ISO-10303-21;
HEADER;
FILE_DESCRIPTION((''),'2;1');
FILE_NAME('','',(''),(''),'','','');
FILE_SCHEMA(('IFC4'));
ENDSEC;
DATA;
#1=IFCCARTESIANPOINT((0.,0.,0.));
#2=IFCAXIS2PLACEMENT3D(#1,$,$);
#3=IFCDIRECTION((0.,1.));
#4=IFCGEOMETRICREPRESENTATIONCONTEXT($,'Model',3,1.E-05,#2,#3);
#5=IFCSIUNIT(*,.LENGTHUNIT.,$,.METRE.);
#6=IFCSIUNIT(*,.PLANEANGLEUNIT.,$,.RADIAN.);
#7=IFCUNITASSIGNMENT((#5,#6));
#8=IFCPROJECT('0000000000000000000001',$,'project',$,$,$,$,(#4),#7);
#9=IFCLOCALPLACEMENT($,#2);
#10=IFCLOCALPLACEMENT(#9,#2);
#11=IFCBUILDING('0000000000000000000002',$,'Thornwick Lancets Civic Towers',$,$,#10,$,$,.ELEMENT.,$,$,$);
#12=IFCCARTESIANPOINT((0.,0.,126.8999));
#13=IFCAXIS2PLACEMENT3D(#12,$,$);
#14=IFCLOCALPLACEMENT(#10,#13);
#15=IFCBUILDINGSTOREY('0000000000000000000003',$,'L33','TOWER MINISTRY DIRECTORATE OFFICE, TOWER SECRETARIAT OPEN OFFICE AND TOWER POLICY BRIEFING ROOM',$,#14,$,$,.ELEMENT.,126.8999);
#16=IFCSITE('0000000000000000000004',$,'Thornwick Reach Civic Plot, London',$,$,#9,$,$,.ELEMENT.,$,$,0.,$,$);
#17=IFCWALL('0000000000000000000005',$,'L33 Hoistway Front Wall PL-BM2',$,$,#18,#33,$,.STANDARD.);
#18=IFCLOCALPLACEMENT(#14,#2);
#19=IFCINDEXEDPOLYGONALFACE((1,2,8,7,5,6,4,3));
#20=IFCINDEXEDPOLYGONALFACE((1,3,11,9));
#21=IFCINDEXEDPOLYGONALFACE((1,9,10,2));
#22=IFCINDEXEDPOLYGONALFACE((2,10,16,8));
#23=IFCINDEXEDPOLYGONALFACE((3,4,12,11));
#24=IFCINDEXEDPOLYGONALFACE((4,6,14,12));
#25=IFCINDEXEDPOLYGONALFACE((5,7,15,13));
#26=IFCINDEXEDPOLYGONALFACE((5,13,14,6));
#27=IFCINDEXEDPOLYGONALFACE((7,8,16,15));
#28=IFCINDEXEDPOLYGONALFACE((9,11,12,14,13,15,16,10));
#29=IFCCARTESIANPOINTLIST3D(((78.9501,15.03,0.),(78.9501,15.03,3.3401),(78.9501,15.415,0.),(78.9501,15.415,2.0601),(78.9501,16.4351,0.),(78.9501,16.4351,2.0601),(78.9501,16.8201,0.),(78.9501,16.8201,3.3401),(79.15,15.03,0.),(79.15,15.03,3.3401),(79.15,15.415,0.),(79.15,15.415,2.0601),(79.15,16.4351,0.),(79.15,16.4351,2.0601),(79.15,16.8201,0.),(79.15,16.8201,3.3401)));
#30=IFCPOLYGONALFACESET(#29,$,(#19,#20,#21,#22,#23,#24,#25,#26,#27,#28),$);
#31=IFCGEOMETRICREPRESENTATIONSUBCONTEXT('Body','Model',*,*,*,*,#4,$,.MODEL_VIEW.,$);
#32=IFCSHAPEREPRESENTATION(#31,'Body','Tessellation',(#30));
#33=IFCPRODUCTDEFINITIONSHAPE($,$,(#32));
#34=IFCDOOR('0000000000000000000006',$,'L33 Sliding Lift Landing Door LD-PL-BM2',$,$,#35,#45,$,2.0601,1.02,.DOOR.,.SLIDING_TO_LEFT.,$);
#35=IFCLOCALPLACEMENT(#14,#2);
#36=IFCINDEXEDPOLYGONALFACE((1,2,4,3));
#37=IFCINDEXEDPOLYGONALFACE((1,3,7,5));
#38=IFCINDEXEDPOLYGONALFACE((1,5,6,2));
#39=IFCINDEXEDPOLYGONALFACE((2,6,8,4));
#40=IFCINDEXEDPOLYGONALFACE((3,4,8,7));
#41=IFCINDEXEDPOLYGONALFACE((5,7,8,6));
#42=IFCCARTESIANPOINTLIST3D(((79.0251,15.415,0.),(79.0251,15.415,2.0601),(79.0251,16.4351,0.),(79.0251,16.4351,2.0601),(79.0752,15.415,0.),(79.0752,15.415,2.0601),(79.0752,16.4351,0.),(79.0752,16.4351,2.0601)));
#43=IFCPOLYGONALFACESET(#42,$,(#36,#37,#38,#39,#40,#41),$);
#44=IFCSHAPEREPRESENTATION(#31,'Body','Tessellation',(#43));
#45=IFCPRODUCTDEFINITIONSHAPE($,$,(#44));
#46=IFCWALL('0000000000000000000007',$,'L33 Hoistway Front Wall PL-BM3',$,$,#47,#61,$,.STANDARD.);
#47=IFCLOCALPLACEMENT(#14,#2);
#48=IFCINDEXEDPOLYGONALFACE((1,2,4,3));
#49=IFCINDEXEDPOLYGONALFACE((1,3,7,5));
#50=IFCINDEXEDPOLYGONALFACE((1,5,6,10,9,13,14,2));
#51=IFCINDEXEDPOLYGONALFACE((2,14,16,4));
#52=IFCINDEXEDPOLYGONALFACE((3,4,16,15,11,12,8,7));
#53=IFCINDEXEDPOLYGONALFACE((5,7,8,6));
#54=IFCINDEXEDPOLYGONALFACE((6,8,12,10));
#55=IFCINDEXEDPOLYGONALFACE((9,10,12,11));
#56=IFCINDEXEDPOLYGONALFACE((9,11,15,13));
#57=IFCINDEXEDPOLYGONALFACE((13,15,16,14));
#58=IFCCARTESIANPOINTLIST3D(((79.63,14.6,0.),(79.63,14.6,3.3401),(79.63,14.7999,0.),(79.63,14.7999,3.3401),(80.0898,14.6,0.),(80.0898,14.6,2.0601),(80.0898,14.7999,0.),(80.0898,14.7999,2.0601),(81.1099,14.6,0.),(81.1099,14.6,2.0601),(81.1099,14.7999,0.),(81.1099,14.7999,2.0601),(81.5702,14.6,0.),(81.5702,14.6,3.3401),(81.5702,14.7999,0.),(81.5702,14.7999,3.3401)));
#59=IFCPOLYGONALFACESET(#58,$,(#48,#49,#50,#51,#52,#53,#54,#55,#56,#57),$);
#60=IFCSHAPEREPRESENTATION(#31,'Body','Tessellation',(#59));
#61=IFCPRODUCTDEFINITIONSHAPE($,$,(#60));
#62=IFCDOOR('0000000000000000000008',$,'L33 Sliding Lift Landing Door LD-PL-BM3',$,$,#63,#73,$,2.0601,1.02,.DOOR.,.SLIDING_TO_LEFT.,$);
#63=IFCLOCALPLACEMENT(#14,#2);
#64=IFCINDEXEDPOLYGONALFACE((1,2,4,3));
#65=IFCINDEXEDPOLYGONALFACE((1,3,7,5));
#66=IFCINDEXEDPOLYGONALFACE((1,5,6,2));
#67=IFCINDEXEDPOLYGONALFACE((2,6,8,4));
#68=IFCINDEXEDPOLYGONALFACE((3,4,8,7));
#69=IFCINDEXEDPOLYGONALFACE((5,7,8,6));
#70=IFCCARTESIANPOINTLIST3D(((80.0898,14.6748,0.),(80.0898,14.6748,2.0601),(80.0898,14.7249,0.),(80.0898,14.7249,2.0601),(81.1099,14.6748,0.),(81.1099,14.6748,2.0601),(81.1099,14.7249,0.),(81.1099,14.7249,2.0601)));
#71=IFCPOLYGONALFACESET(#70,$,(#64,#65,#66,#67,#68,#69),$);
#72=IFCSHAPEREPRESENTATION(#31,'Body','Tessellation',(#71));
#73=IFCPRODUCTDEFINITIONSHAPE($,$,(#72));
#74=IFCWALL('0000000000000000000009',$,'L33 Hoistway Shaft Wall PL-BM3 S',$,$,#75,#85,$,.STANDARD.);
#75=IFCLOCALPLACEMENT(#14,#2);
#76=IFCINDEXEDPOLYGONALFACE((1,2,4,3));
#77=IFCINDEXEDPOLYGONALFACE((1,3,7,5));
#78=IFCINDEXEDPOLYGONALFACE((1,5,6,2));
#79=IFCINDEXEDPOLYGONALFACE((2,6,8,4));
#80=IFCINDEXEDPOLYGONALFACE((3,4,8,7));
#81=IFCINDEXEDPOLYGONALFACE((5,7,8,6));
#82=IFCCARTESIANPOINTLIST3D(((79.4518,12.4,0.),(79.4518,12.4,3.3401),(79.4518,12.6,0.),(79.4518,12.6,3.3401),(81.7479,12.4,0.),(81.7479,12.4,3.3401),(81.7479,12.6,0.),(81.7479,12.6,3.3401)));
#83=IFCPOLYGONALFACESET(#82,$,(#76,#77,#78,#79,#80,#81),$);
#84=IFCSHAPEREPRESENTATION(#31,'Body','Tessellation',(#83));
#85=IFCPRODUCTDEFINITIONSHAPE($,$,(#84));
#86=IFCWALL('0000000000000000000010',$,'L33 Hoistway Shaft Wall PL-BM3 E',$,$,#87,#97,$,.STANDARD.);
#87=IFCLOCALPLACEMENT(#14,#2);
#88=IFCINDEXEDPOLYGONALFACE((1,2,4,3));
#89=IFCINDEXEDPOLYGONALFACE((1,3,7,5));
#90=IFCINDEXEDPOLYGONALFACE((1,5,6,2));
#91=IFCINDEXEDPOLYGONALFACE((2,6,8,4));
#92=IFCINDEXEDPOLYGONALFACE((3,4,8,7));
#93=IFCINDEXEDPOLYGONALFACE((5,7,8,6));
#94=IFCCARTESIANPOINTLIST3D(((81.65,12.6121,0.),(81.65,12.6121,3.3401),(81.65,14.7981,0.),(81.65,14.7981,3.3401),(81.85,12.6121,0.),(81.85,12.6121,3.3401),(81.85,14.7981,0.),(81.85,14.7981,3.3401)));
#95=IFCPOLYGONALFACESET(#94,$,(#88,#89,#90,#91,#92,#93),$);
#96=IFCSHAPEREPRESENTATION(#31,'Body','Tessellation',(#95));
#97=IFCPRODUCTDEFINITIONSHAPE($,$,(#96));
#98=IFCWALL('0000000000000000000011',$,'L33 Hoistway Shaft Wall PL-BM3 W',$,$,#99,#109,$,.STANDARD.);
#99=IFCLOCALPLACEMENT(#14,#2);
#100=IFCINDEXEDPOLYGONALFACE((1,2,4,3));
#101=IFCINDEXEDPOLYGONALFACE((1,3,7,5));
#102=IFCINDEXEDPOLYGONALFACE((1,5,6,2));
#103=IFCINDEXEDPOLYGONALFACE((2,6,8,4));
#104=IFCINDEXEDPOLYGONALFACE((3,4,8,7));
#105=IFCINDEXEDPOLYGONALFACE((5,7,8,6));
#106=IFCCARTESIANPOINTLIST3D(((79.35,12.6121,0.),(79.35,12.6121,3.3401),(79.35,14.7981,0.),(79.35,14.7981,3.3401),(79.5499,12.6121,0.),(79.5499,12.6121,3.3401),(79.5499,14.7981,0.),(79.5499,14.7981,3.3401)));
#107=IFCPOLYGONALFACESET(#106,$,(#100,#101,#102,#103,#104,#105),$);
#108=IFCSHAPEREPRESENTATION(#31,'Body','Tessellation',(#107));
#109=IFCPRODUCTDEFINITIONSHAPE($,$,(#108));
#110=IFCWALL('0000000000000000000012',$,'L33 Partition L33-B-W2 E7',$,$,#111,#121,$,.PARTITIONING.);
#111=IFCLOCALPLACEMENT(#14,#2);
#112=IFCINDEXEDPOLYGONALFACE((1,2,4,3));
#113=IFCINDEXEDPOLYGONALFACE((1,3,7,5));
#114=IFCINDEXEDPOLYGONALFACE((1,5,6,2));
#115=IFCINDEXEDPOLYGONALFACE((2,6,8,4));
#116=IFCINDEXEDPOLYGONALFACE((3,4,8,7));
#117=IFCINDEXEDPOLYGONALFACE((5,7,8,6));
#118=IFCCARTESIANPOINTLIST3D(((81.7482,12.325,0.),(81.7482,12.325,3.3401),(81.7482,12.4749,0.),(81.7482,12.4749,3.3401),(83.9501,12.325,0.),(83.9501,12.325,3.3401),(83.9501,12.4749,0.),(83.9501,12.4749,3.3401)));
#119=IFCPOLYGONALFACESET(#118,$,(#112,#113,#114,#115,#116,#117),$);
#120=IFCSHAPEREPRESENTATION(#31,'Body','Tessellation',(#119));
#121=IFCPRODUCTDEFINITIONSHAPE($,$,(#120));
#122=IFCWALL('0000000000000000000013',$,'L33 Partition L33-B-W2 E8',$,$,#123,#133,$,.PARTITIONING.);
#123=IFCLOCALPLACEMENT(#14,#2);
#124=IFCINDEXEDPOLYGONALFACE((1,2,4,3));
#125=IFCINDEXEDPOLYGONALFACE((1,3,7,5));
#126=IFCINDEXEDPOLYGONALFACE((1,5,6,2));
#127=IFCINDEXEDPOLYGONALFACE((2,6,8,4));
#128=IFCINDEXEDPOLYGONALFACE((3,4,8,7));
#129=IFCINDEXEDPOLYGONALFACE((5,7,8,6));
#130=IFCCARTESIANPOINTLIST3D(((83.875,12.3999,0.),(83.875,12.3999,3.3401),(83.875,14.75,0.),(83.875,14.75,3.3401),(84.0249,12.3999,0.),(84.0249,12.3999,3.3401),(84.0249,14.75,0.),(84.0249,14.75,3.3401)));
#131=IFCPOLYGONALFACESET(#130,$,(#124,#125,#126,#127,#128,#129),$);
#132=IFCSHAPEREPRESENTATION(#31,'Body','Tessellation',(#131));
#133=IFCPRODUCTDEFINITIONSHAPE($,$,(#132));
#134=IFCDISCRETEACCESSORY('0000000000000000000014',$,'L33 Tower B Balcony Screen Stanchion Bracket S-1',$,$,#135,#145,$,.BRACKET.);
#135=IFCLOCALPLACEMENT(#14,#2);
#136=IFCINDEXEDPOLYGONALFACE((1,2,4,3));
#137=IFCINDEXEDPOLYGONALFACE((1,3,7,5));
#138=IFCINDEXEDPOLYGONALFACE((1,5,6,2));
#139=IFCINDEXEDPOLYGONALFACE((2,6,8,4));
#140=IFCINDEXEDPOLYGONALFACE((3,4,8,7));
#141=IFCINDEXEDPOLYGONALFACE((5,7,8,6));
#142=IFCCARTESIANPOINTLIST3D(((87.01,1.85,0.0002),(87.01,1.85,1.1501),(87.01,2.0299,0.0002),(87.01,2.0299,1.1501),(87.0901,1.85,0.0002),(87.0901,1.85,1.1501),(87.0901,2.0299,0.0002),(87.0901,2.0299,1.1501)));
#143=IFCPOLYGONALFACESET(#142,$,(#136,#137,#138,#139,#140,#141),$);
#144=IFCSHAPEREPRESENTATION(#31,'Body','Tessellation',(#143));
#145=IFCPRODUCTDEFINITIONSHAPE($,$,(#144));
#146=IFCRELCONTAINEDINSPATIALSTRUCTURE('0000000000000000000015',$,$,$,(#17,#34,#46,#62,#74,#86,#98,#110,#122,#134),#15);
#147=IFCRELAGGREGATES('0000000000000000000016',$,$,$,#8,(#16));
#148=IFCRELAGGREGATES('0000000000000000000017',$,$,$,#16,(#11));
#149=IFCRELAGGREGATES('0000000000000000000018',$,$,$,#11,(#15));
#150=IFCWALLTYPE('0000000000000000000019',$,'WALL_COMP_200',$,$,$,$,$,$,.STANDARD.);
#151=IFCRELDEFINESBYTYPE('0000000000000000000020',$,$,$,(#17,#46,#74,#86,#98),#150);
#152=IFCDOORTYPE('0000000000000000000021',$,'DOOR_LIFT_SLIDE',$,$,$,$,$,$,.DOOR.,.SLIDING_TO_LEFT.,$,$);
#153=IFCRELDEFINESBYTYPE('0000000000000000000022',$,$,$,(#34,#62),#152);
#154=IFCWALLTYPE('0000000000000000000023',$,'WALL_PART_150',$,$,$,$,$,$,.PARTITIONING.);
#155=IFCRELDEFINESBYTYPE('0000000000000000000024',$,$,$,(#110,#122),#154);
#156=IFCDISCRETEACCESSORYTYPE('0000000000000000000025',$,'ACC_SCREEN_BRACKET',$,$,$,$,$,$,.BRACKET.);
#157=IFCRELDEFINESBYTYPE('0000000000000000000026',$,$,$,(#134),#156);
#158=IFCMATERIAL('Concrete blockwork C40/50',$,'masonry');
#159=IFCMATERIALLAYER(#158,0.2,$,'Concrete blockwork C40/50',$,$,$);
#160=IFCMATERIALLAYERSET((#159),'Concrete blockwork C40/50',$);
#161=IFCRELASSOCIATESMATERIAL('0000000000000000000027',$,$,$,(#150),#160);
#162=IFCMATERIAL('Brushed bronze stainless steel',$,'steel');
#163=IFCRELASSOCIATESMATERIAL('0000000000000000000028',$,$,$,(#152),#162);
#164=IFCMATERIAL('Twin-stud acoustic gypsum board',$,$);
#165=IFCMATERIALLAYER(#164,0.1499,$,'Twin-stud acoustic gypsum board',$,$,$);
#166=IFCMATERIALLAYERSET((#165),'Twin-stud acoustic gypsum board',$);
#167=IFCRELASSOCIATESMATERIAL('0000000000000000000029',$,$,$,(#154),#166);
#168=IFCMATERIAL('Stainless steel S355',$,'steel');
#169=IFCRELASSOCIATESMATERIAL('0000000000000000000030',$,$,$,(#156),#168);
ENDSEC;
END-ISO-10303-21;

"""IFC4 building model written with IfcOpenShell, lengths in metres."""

from ifc_helpers import new_model, si_unit, direction, frame, frame_2d, origin, origin_2d, place, context, subcontext, project, spatial, rectangle, extrude, material, layer, layer_set, type_object, element, fill, save


model = new_model("IFC4")

# Units and contexts
model_context = context("Model", 3, precision=1e-05, world=origin(), true_north=direction((0.0, 1.0)))
body_context = subcontext(model_context, "Body", "Model", "MODEL_VIEW")
ifc_project = project(units=[si_unit("LENGTHUNIT", "METRE"), si_unit("PLANEANGLEUNIT", "RADIAN")], contexts=[model_context])

# Site, building, storey
site_placement = place(None, origin())
site = spatial("IfcSite", under=ifc_project, at=site_placement, Name="Thornwick Reach Civic Plot, London", CompositionType="ELEMENT", RefElevation=0.0)
building_placement = place(site_placement, origin())
building = spatial("IfcBuilding", under=site, at=building_placement, Name="Thornwick Lancets Civic Towers", CompositionType="ELEMENT")
storey_placement = place(building_placement, frame((0.0, 0.0, 126.8999)))
storey = spatial("IfcBuildingStorey", under=building, at=storey_placement, Name="L33", Description="TOWER MINISTRY DIRECTORATE OFFICE, TOWER SECRETARIAT OPEN OFFICE AND TOWER POLICY BRIEFING ROOM", CompositionType="ELEMENT", Elevation=126.8999)

# Walls, openings, doors
ifc_material_1 = material(Name="Concrete blockwork C40/50", Category="masonry")
ifc_layer_1 = layer(ifc_material_1, 0.2, Name="Concrete blockwork C40/50")
ifc_layer_set_1 = layer_set([ifc_layer_1], Name="Concrete blockwork C40/50")
wall_type_1 = type_object("IfcWallType", Name="WALL_COMP_200", PredefinedType="STANDARD", material=ifc_layer_set_1)
wall_1_placement = place(storey_placement, frame((79.05, 15.03, 0.0), z_axis=(0.0, 0.0, 1.0), x_axis=(0.0, 1.0, 0.0)))
wall_1 = element("IfcWall", 1, at=wall_1_placement, inside=storey, type_object=wall_type_1, Name="L33 Hoistway Front Wall PL-BM2", PredefinedType="STANDARD", context=body_context, shape_type="SweptSolid", body=[
    extrude(rectangle(XDim=1.79, YDim=0.2, at=frame_2d((0.895, 0.0))), origin(), (0.0, 0.0, 1.0), 3.3401),
])
opening_1_placement = place(wall_1_placement, frame((0.385, 0.0, 0.0)))
opening_1 = element("IfcOpeningElement", 2, at=opening_1_placement, cuts=wall_1, PredefinedType="OPENING", context=body_context, shape_type="SweptSolid", body=[
    extrude(rectangle(XDim=1.02, YDim=2.0601, at=frame_2d((0.51, 1.03))), frame((0.0, 0.1099, 0.0), z_axis=(0.0, -1.0, 0.0), x_axis=(1.0, 0.0, 0.0)), (0.0, 0.0, 1.0), 0.22),
])
ifc_material_2 = material(Name="Brushed bronze stainless steel", Category="steel")
door_type_1 = type_object("IfcDoorType", Name="DOOR_LIFT_SLIDE", OperationType="SLIDING_TO_LEFT", PredefinedType="DOOR", material=ifc_material_2)
door_1_placement = place(opening_1_placement, origin())
door_1 = element("IfcDoor", 3, at=door_1_placement, inside=storey, type_object=door_type_1, Name="L33 Sliding Lift Landing Door LD-PL-BM2", OperationType="SLIDING_TO_LEFT", OverallHeight=2.0601, OverallWidth=1.02, PredefinedType="DOOR", context=body_context, shape_type="SweptSolid", body=[
    extrude(rectangle(XDim=1.02, YDim=2.0601, at=frame_2d((0.51, 1.03))), frame((0.0, 0.0249, 0.0), z_axis=(0.0, -1.0, 0.0), x_axis=(1.0, 0.0, 0.0)), (0.0, 0.0, 1.0), 0.05),
])
fill(opening_1, door_1)
wall_2_placement = place(storey_placement, frame((79.6299, 14.7, 0.0), z_axis=(0.0, 0.0, 1.0), x_axis=(1.0, 0.0, 0.0)))
wall_2 = element("IfcWall", 4, at=wall_2_placement, inside=storey, type_object=wall_type_1, Name="L33 Hoistway Front Wall PL-BM3", PredefinedType="STANDARD", context=body_context, shape_type="SweptSolid", body=[
    extrude(rectangle(XDim=1.9402, YDim=0.2, at=frame_2d((0.9702, 0.0))), origin(), (0.0, 0.0, 1.0), 3.3401),
])
opening_2_placement = place(wall_2_placement, frame((0.46, 0.0, 0.0)))
opening_2 = element("IfcOpeningElement", 5, at=opening_2_placement, cuts=wall_2, PredefinedType="OPENING", context=body_context, shape_type="SweptSolid", body=[
    extrude(rectangle(XDim=1.02, YDim=2.0601, at=frame_2d((0.51, 1.03))), frame((0.0, 0.1099, 0.0), z_axis=(0.0, -1.0, 0.0), x_axis=(1.0, 0.0, 0.0)), (0.0, 0.0, 1.0), 0.22),
])
door_2_placement = place(opening_2_placement, origin())
door_2 = element("IfcDoor", 6, at=door_2_placement, inside=storey, type_object=door_type_1, Name="L33 Sliding Lift Landing Door LD-PL-BM3", OperationType="SLIDING_TO_LEFT", OverallHeight=2.0601, OverallWidth=1.02, PredefinedType="DOOR", context=body_context, shape_type="SweptSolid", body=[
    extrude(rectangle(XDim=1.02, YDim=2.0601, at=frame_2d((0.51, 1.03))), frame((0.0, 0.0249, 0.0), z_axis=(0.0, -1.0, 0.0), x_axis=(1.0, 0.0, 0.0)), (0.0, 0.0, 1.0), 0.05),
])
fill(opening_2, door_2)

# Walls
wall_3_placement = place(storey_placement, frame((79.4519, 12.5, 0.0), z_axis=(0.0, 0.0, 1.0), x_axis=(1.0, 0.0, 0.0)))
element("IfcWall", 7, at=wall_3_placement, inside=storey, type_object=wall_type_1, Name="L33 Hoistway Shaft Wall PL-BM3 S", PredefinedType="STANDARD", context=body_context, shape_type="SweptSolid", body=[
    extrude(rectangle(XDim=2.2961, YDim=0.2, at=frame_2d((1.1479, 0.0))), origin(), (0.0, 0.0, 1.0), 3.3401),
])
for number, where, z_axis, x_axis, name in (
    (8, (81.75, 12.6121, 0.0), (0.0, 0.0, 1.0), (0.0, 1.0, 0.0), "L33 Hoistway Shaft Wall PL-BM3 E"),
    (9, (79.45, 12.6121, 0.0), (0.0, 0.0, 1.0), (0.0, 1.0, 0.0), "L33 Hoistway Shaft Wall PL-BM3 W"),
):
    element("IfcWall", number, at=place(storey_placement, frame(where, z_axis=z_axis, x_axis=x_axis)), inside=storey, type_object=wall_type_1, Name=name, PredefinedType="STANDARD", context=body_context, shape_type="SweptSolid", body=[
        extrude(rectangle(XDim=2.186, YDim=0.2, at=frame_2d((1.093, 0.0))), origin(), (0.0, 0.0, 1.0), 3.3401),
    ])

# Shared definitions
ifc_material_3 = material(Name="Twin-stud acoustic gypsum board")
ifc_layer_2 = layer(ifc_material_3, 0.1499, Name="Twin-stud acoustic gypsum board")
ifc_layer_set_2 = layer_set([ifc_layer_2], Name="Twin-stud acoustic gypsum board")
wall_type_2 = type_object("IfcWallType", Name="WALL_PART_150", PredefinedType="PARTITIONING", material=ifc_layer_set_2)

# Walls
wall_4_placement = place(storey_placement, frame((81.748, 12.3999, 0.0), z_axis=(0.0, 0.0, 1.0), x_axis=(1.0, 0.0, 0.0)))
element("IfcWall", 10, at=wall_4_placement, inside=storey, type_object=wall_type_2, Name="L33 Partition L33-B-W2 E7", PredefinedType="PARTITIONING", context=body_context, shape_type="SweptSolid", body=[
    extrude(rectangle(XDim=2.2019, YDim=0.1499, at=frame_2d((1.1011, 0.0))), origin(), (0.0, 0.0, 1.0), 3.3401),
])
wall_5_placement = place(storey_placement, frame((83.95, 12.3999, 0.0), z_axis=(0.0, 0.0, 1.0), x_axis=(0.0, 1.0, 0.0)))
element("IfcWall", 11, at=wall_5_placement, inside=storey, type_object=wall_type_2, Name="L33 Partition L33-B-W2 E8", PredefinedType="PARTITIONING", context=body_context, shape_type="SweptSolid", body=[
    extrude(rectangle(XDim=2.3501, YDim=0.1499, at=frame_2d((1.175, 0.0))), origin(), (0.0, 0.0, 1.0), 3.3401),
])

# Discrete accessory
ifc_material_4 = material(Name="Stainless steel S355", Category="steel")
discrete_accessory_type = type_object("IfcDiscreteAccessoryType", Name="ACC_SCREEN_BRACKET", PredefinedType="BRACKET", material=ifc_material_4)
discrete_accessory_placement = place(storey_placement, frame((87.05, 1.9399, 0.0002), z_axis=(0.0, 0.0, 1.0), x_axis=(1.0, 0.0, 0.0)))
element("IfcDiscreteAccessory", 12, at=discrete_accessory_placement, inside=storey, type_object=discrete_accessory_type, Name="L33 Tower B Balcony Screen Stanchion Bracket S-1", PredefinedType="BRACKET", context=body_context, shape_type="SweptSolid", body=[
    extrude(rectangle(XDim=0.0801, YDim=0.1799, at=origin_2d()), origin(), (0.0, 0.0, 1.0), 1.1499),
])

save(model, "model.ifc")
